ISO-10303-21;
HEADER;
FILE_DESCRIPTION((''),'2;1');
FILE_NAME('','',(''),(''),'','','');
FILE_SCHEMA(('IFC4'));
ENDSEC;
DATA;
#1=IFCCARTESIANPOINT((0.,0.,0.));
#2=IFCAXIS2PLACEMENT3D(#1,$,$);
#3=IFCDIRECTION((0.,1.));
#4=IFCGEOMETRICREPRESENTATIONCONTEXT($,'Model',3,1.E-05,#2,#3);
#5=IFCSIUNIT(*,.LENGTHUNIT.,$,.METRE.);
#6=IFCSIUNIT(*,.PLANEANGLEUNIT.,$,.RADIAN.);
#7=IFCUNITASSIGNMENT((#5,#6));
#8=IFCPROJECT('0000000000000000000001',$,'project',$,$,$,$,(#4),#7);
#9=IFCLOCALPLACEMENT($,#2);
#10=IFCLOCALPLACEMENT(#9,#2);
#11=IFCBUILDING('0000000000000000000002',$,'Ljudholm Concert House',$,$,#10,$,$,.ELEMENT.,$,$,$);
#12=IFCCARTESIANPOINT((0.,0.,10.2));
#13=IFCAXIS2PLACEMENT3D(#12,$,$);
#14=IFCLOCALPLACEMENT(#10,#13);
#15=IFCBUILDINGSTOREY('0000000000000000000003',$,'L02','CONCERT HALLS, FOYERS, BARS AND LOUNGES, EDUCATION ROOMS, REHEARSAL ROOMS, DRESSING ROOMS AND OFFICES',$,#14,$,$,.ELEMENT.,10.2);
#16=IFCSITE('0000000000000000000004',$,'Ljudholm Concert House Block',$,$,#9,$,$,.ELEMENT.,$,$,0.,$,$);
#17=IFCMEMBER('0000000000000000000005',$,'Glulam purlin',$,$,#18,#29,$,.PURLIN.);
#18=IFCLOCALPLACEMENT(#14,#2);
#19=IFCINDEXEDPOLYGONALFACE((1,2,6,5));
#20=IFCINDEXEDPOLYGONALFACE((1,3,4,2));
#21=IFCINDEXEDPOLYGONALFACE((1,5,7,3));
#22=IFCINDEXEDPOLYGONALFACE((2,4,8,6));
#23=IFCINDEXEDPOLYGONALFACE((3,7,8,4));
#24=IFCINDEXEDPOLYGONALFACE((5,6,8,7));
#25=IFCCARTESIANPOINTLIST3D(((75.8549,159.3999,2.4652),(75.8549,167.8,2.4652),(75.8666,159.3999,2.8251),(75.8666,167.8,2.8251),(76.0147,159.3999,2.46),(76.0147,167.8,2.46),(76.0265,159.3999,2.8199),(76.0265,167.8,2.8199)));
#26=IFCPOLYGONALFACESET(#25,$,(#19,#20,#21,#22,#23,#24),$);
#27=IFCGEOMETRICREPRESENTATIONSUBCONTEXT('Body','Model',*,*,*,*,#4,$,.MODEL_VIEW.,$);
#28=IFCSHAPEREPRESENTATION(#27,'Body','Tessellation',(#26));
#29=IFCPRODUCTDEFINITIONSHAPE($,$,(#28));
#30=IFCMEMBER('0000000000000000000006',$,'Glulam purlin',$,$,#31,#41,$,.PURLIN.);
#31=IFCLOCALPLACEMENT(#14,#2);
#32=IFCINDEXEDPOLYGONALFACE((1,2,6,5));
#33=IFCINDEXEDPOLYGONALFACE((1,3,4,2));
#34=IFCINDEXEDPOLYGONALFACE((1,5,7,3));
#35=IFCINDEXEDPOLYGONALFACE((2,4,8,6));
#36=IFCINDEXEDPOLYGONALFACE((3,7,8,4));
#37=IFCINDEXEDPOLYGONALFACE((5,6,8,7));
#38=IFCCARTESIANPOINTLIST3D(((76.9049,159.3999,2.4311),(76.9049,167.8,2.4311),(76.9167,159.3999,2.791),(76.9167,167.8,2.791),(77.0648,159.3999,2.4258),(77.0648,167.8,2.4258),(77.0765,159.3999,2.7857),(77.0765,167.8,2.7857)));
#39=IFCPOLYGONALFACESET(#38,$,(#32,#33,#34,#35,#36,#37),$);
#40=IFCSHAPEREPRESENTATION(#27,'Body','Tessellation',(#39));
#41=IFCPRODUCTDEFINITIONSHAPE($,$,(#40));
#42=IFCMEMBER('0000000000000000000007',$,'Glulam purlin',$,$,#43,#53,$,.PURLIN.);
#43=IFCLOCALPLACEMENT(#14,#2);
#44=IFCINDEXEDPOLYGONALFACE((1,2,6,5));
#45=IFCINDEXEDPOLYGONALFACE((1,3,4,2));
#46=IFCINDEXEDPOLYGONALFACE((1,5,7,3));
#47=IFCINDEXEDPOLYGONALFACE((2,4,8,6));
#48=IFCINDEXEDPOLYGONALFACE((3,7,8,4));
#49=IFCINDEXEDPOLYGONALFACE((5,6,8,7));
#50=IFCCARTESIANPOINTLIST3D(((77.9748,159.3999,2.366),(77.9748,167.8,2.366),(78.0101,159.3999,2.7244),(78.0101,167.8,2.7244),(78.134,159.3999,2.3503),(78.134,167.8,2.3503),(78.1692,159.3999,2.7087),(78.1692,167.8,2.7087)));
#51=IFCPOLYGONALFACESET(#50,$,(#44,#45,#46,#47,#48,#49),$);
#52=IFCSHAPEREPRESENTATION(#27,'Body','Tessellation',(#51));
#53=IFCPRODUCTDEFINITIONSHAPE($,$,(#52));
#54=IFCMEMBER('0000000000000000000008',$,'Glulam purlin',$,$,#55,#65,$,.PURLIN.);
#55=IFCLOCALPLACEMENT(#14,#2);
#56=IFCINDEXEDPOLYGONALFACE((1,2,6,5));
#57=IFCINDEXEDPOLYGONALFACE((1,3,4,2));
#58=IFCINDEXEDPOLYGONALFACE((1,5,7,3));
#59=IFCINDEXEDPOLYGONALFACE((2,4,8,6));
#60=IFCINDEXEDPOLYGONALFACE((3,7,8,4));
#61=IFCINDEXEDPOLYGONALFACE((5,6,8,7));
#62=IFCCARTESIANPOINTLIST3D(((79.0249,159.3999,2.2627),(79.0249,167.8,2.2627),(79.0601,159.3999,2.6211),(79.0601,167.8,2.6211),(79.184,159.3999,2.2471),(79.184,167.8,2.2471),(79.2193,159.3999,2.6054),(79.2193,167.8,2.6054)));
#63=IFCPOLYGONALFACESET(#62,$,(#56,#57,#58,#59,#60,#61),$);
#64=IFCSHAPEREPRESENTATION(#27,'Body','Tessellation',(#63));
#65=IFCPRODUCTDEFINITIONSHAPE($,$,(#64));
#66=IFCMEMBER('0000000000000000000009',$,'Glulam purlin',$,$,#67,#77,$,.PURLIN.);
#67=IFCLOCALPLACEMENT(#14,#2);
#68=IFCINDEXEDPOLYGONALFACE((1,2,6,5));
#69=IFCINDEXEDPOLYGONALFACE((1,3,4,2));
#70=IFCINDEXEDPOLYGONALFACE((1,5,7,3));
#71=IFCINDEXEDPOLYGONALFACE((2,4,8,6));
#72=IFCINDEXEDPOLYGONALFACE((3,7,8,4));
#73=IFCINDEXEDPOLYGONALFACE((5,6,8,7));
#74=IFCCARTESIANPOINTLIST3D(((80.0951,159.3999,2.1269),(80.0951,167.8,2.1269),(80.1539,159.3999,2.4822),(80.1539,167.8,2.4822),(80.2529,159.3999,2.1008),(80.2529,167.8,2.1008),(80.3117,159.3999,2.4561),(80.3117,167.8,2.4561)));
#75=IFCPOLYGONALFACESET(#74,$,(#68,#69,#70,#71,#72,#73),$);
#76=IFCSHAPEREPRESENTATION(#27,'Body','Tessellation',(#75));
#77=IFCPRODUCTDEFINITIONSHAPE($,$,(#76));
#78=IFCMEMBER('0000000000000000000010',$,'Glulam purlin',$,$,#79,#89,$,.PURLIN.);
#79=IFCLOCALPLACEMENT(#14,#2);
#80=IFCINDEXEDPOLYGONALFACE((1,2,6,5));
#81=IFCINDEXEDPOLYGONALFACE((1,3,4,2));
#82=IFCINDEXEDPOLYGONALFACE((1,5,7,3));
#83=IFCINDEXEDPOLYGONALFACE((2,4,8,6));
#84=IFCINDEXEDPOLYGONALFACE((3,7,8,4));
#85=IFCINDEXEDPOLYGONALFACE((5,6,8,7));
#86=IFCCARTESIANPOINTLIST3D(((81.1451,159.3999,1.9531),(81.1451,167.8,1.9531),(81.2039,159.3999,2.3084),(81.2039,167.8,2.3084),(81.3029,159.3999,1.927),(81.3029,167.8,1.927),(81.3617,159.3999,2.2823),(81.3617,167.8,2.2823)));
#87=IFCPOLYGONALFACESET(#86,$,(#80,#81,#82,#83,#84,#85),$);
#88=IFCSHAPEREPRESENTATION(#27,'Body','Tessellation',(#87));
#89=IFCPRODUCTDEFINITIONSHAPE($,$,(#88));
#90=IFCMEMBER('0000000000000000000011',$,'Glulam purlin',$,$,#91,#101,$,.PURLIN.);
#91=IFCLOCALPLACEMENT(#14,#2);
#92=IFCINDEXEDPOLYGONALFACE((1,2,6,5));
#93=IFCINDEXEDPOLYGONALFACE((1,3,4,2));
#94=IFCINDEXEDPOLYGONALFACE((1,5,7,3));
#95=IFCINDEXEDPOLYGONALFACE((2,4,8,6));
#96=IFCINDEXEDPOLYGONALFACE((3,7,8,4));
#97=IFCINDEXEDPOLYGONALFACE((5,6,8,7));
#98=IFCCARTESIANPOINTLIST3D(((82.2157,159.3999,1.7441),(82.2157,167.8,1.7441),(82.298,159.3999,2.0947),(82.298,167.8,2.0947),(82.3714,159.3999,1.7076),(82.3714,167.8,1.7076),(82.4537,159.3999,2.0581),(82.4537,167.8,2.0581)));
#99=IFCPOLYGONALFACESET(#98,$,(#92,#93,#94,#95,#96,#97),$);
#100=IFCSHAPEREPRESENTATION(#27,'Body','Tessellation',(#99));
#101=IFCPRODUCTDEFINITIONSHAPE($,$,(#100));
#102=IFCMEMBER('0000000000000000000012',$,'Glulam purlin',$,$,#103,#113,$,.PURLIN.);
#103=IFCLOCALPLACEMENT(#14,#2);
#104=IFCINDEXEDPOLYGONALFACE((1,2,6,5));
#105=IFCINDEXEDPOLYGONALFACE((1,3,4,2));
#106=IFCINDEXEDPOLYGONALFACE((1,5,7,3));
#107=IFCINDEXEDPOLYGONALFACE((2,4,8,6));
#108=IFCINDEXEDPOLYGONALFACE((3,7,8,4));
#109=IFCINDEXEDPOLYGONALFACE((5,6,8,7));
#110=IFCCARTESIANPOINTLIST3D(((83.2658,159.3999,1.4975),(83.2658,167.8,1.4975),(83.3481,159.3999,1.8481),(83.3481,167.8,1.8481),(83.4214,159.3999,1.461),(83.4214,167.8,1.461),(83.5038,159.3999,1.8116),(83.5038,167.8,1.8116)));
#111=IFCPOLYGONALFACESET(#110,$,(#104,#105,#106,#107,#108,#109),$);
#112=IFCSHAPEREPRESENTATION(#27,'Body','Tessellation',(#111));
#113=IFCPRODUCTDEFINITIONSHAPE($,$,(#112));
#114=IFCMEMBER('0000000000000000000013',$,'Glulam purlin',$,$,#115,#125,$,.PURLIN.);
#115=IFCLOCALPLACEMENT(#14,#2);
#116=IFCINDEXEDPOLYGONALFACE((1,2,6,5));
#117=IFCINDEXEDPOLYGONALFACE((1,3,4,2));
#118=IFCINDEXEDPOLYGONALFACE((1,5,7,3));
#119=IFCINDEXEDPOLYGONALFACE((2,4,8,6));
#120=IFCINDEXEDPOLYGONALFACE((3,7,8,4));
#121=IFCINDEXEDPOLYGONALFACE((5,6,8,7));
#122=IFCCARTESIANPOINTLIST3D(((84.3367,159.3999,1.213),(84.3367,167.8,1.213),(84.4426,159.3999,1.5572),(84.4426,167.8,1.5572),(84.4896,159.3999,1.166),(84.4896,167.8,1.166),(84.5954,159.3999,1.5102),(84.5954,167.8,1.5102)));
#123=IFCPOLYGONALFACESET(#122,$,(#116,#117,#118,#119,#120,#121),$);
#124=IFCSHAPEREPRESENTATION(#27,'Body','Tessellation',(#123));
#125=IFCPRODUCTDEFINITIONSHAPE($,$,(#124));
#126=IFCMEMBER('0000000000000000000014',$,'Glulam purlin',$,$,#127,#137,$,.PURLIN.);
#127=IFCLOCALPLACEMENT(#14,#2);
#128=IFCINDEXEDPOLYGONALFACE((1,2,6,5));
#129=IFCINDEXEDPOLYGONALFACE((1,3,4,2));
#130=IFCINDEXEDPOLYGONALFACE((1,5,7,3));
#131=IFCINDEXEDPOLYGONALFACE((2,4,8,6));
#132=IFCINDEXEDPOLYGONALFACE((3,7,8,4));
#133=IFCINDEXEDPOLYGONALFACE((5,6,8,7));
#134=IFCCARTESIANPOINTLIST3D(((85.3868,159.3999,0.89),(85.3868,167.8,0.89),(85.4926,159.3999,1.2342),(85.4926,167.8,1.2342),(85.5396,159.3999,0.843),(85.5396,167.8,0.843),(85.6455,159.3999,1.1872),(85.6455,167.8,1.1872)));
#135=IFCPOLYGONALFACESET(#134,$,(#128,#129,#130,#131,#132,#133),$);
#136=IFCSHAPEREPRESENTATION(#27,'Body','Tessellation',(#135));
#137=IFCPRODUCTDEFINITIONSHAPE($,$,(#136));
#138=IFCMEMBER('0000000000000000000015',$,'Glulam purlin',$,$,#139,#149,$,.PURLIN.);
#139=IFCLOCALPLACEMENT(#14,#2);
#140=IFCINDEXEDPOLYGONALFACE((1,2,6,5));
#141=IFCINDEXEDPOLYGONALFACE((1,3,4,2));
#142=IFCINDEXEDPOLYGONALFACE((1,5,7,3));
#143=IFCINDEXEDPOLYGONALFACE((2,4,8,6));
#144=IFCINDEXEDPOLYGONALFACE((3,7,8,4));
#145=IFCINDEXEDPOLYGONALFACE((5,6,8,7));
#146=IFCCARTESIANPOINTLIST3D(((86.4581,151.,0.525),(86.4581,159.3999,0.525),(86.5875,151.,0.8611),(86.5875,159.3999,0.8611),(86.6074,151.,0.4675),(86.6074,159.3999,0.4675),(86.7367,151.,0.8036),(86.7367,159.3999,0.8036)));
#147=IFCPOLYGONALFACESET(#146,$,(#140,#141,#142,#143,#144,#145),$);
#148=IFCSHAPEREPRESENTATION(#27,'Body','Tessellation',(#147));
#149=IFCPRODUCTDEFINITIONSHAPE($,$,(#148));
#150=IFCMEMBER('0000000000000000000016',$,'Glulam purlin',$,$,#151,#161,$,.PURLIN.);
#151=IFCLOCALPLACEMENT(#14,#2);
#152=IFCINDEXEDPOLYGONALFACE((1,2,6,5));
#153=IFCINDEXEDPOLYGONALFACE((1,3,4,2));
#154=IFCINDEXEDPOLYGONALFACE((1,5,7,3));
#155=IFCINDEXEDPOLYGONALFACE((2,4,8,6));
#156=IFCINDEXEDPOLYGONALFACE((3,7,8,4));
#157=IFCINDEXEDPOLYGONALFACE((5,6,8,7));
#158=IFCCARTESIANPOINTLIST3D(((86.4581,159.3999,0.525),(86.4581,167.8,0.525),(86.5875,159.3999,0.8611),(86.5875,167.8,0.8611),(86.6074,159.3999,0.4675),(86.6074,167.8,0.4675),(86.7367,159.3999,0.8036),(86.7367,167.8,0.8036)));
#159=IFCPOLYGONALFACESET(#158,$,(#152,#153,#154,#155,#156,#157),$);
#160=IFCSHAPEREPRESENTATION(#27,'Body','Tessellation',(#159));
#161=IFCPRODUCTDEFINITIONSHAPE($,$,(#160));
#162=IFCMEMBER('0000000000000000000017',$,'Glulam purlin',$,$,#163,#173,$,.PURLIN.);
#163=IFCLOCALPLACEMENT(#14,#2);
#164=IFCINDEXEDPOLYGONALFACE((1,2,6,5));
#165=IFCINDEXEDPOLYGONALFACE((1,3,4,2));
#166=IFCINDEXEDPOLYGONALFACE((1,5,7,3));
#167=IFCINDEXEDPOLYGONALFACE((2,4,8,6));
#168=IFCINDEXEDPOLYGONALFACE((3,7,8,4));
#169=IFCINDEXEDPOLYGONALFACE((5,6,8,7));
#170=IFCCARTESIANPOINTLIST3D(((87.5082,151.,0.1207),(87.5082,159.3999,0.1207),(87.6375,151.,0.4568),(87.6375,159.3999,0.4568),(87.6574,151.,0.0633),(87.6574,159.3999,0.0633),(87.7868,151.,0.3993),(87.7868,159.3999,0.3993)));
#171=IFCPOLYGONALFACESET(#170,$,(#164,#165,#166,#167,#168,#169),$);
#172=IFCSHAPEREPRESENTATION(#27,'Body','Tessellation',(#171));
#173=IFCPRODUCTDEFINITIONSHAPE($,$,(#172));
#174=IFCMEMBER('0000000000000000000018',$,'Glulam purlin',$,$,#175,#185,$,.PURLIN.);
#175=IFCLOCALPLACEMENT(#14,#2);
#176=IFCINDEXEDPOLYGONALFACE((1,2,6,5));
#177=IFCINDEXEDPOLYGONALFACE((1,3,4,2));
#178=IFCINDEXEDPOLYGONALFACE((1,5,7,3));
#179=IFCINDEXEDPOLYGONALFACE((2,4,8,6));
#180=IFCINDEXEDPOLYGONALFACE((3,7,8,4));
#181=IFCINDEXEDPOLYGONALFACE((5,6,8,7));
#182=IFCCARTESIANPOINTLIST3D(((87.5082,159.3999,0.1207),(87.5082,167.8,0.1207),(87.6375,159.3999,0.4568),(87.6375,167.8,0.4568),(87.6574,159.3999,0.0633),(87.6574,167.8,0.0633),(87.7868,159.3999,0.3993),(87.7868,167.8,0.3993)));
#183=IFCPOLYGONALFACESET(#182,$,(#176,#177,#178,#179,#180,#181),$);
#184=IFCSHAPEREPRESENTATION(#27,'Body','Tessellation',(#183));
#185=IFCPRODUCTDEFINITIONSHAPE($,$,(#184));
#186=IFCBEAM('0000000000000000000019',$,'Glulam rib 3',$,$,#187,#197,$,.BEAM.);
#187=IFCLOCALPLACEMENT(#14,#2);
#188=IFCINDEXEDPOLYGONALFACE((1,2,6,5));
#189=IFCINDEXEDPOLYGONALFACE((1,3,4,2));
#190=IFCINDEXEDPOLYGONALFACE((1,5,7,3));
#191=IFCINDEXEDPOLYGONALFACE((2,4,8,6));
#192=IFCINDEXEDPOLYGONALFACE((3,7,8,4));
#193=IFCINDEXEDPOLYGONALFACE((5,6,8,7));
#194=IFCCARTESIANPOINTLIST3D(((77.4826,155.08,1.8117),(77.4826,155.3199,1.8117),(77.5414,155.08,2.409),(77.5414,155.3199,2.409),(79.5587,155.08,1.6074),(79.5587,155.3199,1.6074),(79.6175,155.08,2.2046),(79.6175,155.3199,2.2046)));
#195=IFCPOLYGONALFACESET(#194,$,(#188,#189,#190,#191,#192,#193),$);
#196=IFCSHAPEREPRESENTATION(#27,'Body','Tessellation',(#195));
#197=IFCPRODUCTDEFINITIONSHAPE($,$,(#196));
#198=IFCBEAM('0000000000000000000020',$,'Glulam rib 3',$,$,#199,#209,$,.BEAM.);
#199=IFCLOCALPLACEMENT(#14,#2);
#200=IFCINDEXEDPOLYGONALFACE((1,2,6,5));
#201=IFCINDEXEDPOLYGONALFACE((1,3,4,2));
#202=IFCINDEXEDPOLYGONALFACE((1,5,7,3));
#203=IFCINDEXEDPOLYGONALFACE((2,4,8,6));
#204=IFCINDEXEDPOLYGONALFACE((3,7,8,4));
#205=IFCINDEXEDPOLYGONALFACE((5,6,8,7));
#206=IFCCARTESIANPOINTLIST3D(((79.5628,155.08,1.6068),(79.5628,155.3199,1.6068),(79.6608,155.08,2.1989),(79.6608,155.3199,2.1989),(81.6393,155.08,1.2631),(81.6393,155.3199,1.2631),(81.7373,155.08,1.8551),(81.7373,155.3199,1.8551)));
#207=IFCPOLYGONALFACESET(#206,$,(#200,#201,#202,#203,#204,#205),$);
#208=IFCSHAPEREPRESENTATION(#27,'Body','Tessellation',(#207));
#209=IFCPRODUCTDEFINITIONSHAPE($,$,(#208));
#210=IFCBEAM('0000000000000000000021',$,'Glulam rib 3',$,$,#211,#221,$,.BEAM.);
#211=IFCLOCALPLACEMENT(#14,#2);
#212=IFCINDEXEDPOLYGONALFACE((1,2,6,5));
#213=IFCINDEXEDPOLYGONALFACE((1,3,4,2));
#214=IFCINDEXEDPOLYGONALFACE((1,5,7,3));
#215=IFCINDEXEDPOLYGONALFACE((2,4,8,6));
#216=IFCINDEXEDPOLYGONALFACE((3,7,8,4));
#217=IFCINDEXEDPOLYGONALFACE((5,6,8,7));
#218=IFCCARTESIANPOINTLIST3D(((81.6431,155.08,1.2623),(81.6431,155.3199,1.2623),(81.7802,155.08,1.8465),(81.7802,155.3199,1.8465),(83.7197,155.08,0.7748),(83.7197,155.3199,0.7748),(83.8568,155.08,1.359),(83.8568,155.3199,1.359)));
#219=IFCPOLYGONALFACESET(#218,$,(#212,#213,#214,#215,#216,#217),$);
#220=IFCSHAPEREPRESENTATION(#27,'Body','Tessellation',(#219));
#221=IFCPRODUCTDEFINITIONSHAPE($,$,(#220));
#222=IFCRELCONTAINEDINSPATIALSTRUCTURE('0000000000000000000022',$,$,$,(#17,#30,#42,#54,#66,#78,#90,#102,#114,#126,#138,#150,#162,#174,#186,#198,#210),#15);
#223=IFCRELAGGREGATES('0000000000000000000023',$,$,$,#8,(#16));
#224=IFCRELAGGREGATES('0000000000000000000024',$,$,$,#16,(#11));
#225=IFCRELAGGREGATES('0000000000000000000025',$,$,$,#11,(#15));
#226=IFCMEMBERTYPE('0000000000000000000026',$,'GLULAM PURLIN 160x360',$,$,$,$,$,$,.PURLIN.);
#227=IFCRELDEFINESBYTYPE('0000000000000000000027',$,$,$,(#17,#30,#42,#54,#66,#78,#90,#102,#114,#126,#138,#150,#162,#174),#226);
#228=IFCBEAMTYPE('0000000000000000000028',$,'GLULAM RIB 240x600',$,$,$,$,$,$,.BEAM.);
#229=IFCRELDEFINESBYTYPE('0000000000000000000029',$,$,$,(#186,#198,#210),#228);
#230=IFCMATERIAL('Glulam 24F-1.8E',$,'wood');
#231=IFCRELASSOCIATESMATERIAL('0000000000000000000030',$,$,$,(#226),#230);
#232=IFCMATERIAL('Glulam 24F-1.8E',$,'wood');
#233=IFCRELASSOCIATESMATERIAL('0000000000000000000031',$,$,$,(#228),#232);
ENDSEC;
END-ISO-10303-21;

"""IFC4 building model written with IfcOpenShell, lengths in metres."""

from ifc_helpers import new_model, si_unit, direction, frame, origin, origin_2d, place, context, subcontext, project, spatial, rectangle, extrude, material, material_profile, profile_set, type_object, element, save


model = new_model("IFC4")

# Units and contexts
model_context = context("Model", 3, precision=1e-05, world=origin(), true_north=direction((0.0, 1.0)))
body_context = subcontext(model_context, "Body", "Model", "MODEL_VIEW")
ifc_project = project(units=[si_unit("LENGTHUNIT", "METRE"), si_unit("PLANEANGLEUNIT", "RADIAN")], contexts=[model_context])

# Site, building, storey
site_placement = place(None, origin())
site = spatial("IfcSite", under=ifc_project, at=site_placement, Name="Ljudholm Concert House Block", CompositionType="ELEMENT", RefElevation=0.0)
building_placement = place(site_placement, origin())
building = spatial("IfcBuilding", under=site, at=building_placement, Name="Ljudholm Concert House", CompositionType="ELEMENT")
storey_placement = place(building_placement, frame((0.0, 0.0, 10.2)))
storey = spatial("IfcBuildingStorey", under=building, at=storey_placement, Name="L02", Description="CONCERT HALLS, FOYERS, BARS AND LOUNGES, EDUCATION ROOMS, REHEARSAL ROOMS, DRESSING ROOMS AND OFFICES", CompositionType="ELEMENT", Elevation=10.2)

# Members
ifc_material_1 = material(Name="Glulam 24F-1.8E", Category="wood")
ifc_material_profile_1 = material_profile(ifc_material_1, rectangle(XDim=0.1599, YDim=0.3601, at=origin_2d()), Name="GLULAM PURLIN 160x360")
ifc_profile_set_1 = profile_set([ifc_material_profile_1], Name="Glulam 24F-1.8E")
member_type = type_object("IfcMemberType", Name="GLULAM PURLIN 160x360", PredefinedType="PURLIN", material=ifc_profile_set_1)
for number, where, z_axis, x_axis, name in (
    (1, (75.9407, 159.3999, 2.6426), (0.0, 1.0, 0.0), (-0.999467, 0.0, 0.032655), "Glulam purlin"),
    (2, (76.9907, 159.3999, 2.6084), (0.0, 1.0, 0.0), (-0.999467, 0.0, 0.032655), "Glulam purlin"),
    (3, (78.072, 159.3999, 2.5374), (0.0, 1.0, 0.0), (-0.99519, 0.0, 0.097964), "Glulam purlin"),
    (4, (79.1221, 159.3999, 2.4341), (0.0, 1.0, 0.0), (-0.99519, 0.0, 0.097964), "Glulam purlin"),
    (5, (80.2034, 159.3999, 2.2915), (0.0, 1.0, 0.0), (-0.986581, 0.0, 0.163275), "Glulam purlin"),
    (6, (81.2534, 159.3999, 2.1177), (0.0, 1.0, 0.0), (-0.986581, 0.0, 0.163275), "Glulam purlin"),
    (7, (82.3347, 159.3999, 1.9011), (0.0, 1.0, 0.0), (-0.973523, 0.0, 0.228589), "Glulam purlin"),
    (8, (83.3848, 159.3999, 1.6545), (0.0, 1.0, 0.0), (-0.973523, 0.0, 0.228589), "Glulam purlin"),
    (9, (84.4661, 159.3999, 1.3616), (0.0, 1.0, 0.0), (-0.955834, 0.0, 0.293906), "Glulam purlin"),
    (10, (85.5161, 159.3999, 1.0386), (0.0, 1.0, 0.0), (-0.955834, 0.0, 0.293906), "Glulam purlin"),
):
    element("IfcMember", number, at=place(storey_placement, frame(where, z_axis=z_axis, x_axis=x_axis)), inside=storey, type_object=member_type, Name=name, PredefinedType="PURLIN", context=body_context, shape_type="SweptSolid", body=[
        extrude(rectangle(XDim=0.1599, YDim=0.3601, at=origin_2d()), origin(), (0.0, 0.0, 1.0), 8.4001),
    ])
member_1_placement = place(storey_placement, frame((86.5974, 151.0, 0.6643), z_axis=(0.0, 1.0, 0.0), x_axis=(-0.933249, 0.0, 0.359229)))
element("IfcMember", 11, at=member_1_placement, inside=storey, type_object=member_type, Name="Glulam purlin", PredefinedType="PURLIN", context=body_context, shape_type="SweptSolid", body=[
    extrude(rectangle(XDim=0.1599, YDim=0.3601, at=origin_2d()), origin(), (0.0, 0.0, 1.0), 8.3999),
])
member_2_placement = place(storey_placement, frame((86.5974, 159.3999, 0.6643), z_axis=(0.0, 1.0, 0.0), x_axis=(-0.933249, 0.0, 0.359229)))
element("IfcMember", 12, at=member_2_placement, inside=storey, type_object=member_type, Name="Glulam purlin", PredefinedType="PURLIN", context=body_context, shape_type="SweptSolid", body=[
    extrude(rectangle(XDim=0.1599, YDim=0.3601, at=origin_2d()), origin(), (0.0, 0.0, 1.0), 8.4001),
])
member_3_placement = place(storey_placement, frame((87.6475, 151.0, 0.26), z_axis=(0.0, 1.0, 0.0), x_axis=(-0.933249, 0.0, 0.359229)))
element("IfcMember", 13, at=member_3_placement, inside=storey, type_object=member_type, Name="Glulam purlin", PredefinedType="PURLIN", context=body_context, shape_type="SweptSolid", body=[
    extrude(rectangle(XDim=0.1599, YDim=0.3601, at=origin_2d()), origin(), (0.0, 0.0, 1.0), 8.3999),
])
member_4_placement = place(storey_placement, frame((87.6475, 159.3999, 0.26), z_axis=(0.0, 1.0, 0.0), x_axis=(-0.933249, 0.0, 0.359229)))
element("IfcMember", 14, at=member_4_placement, inside=storey, type_object=member_type, Name="Glulam purlin", PredefinedType="PURLIN", context=body_context, shape_type="SweptSolid", body=[
    extrude(rectangle(XDim=0.1599, YDim=0.3601, at=origin_2d()), origin(), (0.0, 0.0, 1.0), 8.4001),
])

# Beams
ifc_material_2 = material(Name="Glulam 24F-1.8E", Category="wood")
ifc_material_profile_2 = material_profile(ifc_material_2, rectangle(XDim=0.24, YDim=0.6001, at=origin_2d()), Name="GLULAM RIB 240x600")
ifc_profile_set_2 = profile_set([ifc_material_profile_2], Name="Glulam 24F-1.8E")
beam_type = type_object("IfcBeamType", Name="GLULAM RIB 240x600", PredefinedType="BEAM", material=ifc_profile_set_2)
beam_1_placement = place(storey_placement, frame((77.512, 155.2, 2.1104), z_axis=(0.995191, 0.0, -0.097951), x_axis=(0.0, 1.0, 0.0)))
element("IfcBeam", 15, at=beam_1_placement, inside=storey, type_object=beam_type, Name="Glulam rib 3", PredefinedType="BEAM", context=body_context, shape_type="SweptSolid", body=[
    extrude(rectangle(XDim=0.24, YDim=0.6001, at=origin_2d()), origin(), (0.0, 0.0, 1.0), 2.0862),
])
beam_2_placement = place(storey_placement, frame((79.6118, 155.2, 1.9028), z_axis=(0.986572, 0.0, -0.163327), x_axis=(0.0, 1.0, 0.0)))
element("IfcBeam", 16, at=beam_2_placement, inside=storey, type_object=beam_type, Name="Glulam rib 3", PredefinedType="BEAM", context=body_context, shape_type="SweptSolid", body=[
    extrude(rectangle(XDim=0.24, YDim=0.6001, at=origin_2d()), origin(), (0.0, 0.0, 1.0), 2.1047),
])
beam_3_placement = place(storey_placement, frame((81.7117, 155.2, 1.5544), z_axis=(0.97353, 0.0, -0.228561), x_axis=(0.0, 1.0, 0.0)))
element("IfcBeam", 17, at=beam_3_placement, inside=storey, type_object=beam_type, Name="Glulam rib 3", PredefinedType="BEAM", context=body_context, shape_type="SweptSolid", body=[
    extrude(rectangle(XDim=0.24, YDim=0.6001, at=origin_2d()), origin(), (0.0, 0.0, 1.0), 2.1331),
])

save(model, "model.ifc")
